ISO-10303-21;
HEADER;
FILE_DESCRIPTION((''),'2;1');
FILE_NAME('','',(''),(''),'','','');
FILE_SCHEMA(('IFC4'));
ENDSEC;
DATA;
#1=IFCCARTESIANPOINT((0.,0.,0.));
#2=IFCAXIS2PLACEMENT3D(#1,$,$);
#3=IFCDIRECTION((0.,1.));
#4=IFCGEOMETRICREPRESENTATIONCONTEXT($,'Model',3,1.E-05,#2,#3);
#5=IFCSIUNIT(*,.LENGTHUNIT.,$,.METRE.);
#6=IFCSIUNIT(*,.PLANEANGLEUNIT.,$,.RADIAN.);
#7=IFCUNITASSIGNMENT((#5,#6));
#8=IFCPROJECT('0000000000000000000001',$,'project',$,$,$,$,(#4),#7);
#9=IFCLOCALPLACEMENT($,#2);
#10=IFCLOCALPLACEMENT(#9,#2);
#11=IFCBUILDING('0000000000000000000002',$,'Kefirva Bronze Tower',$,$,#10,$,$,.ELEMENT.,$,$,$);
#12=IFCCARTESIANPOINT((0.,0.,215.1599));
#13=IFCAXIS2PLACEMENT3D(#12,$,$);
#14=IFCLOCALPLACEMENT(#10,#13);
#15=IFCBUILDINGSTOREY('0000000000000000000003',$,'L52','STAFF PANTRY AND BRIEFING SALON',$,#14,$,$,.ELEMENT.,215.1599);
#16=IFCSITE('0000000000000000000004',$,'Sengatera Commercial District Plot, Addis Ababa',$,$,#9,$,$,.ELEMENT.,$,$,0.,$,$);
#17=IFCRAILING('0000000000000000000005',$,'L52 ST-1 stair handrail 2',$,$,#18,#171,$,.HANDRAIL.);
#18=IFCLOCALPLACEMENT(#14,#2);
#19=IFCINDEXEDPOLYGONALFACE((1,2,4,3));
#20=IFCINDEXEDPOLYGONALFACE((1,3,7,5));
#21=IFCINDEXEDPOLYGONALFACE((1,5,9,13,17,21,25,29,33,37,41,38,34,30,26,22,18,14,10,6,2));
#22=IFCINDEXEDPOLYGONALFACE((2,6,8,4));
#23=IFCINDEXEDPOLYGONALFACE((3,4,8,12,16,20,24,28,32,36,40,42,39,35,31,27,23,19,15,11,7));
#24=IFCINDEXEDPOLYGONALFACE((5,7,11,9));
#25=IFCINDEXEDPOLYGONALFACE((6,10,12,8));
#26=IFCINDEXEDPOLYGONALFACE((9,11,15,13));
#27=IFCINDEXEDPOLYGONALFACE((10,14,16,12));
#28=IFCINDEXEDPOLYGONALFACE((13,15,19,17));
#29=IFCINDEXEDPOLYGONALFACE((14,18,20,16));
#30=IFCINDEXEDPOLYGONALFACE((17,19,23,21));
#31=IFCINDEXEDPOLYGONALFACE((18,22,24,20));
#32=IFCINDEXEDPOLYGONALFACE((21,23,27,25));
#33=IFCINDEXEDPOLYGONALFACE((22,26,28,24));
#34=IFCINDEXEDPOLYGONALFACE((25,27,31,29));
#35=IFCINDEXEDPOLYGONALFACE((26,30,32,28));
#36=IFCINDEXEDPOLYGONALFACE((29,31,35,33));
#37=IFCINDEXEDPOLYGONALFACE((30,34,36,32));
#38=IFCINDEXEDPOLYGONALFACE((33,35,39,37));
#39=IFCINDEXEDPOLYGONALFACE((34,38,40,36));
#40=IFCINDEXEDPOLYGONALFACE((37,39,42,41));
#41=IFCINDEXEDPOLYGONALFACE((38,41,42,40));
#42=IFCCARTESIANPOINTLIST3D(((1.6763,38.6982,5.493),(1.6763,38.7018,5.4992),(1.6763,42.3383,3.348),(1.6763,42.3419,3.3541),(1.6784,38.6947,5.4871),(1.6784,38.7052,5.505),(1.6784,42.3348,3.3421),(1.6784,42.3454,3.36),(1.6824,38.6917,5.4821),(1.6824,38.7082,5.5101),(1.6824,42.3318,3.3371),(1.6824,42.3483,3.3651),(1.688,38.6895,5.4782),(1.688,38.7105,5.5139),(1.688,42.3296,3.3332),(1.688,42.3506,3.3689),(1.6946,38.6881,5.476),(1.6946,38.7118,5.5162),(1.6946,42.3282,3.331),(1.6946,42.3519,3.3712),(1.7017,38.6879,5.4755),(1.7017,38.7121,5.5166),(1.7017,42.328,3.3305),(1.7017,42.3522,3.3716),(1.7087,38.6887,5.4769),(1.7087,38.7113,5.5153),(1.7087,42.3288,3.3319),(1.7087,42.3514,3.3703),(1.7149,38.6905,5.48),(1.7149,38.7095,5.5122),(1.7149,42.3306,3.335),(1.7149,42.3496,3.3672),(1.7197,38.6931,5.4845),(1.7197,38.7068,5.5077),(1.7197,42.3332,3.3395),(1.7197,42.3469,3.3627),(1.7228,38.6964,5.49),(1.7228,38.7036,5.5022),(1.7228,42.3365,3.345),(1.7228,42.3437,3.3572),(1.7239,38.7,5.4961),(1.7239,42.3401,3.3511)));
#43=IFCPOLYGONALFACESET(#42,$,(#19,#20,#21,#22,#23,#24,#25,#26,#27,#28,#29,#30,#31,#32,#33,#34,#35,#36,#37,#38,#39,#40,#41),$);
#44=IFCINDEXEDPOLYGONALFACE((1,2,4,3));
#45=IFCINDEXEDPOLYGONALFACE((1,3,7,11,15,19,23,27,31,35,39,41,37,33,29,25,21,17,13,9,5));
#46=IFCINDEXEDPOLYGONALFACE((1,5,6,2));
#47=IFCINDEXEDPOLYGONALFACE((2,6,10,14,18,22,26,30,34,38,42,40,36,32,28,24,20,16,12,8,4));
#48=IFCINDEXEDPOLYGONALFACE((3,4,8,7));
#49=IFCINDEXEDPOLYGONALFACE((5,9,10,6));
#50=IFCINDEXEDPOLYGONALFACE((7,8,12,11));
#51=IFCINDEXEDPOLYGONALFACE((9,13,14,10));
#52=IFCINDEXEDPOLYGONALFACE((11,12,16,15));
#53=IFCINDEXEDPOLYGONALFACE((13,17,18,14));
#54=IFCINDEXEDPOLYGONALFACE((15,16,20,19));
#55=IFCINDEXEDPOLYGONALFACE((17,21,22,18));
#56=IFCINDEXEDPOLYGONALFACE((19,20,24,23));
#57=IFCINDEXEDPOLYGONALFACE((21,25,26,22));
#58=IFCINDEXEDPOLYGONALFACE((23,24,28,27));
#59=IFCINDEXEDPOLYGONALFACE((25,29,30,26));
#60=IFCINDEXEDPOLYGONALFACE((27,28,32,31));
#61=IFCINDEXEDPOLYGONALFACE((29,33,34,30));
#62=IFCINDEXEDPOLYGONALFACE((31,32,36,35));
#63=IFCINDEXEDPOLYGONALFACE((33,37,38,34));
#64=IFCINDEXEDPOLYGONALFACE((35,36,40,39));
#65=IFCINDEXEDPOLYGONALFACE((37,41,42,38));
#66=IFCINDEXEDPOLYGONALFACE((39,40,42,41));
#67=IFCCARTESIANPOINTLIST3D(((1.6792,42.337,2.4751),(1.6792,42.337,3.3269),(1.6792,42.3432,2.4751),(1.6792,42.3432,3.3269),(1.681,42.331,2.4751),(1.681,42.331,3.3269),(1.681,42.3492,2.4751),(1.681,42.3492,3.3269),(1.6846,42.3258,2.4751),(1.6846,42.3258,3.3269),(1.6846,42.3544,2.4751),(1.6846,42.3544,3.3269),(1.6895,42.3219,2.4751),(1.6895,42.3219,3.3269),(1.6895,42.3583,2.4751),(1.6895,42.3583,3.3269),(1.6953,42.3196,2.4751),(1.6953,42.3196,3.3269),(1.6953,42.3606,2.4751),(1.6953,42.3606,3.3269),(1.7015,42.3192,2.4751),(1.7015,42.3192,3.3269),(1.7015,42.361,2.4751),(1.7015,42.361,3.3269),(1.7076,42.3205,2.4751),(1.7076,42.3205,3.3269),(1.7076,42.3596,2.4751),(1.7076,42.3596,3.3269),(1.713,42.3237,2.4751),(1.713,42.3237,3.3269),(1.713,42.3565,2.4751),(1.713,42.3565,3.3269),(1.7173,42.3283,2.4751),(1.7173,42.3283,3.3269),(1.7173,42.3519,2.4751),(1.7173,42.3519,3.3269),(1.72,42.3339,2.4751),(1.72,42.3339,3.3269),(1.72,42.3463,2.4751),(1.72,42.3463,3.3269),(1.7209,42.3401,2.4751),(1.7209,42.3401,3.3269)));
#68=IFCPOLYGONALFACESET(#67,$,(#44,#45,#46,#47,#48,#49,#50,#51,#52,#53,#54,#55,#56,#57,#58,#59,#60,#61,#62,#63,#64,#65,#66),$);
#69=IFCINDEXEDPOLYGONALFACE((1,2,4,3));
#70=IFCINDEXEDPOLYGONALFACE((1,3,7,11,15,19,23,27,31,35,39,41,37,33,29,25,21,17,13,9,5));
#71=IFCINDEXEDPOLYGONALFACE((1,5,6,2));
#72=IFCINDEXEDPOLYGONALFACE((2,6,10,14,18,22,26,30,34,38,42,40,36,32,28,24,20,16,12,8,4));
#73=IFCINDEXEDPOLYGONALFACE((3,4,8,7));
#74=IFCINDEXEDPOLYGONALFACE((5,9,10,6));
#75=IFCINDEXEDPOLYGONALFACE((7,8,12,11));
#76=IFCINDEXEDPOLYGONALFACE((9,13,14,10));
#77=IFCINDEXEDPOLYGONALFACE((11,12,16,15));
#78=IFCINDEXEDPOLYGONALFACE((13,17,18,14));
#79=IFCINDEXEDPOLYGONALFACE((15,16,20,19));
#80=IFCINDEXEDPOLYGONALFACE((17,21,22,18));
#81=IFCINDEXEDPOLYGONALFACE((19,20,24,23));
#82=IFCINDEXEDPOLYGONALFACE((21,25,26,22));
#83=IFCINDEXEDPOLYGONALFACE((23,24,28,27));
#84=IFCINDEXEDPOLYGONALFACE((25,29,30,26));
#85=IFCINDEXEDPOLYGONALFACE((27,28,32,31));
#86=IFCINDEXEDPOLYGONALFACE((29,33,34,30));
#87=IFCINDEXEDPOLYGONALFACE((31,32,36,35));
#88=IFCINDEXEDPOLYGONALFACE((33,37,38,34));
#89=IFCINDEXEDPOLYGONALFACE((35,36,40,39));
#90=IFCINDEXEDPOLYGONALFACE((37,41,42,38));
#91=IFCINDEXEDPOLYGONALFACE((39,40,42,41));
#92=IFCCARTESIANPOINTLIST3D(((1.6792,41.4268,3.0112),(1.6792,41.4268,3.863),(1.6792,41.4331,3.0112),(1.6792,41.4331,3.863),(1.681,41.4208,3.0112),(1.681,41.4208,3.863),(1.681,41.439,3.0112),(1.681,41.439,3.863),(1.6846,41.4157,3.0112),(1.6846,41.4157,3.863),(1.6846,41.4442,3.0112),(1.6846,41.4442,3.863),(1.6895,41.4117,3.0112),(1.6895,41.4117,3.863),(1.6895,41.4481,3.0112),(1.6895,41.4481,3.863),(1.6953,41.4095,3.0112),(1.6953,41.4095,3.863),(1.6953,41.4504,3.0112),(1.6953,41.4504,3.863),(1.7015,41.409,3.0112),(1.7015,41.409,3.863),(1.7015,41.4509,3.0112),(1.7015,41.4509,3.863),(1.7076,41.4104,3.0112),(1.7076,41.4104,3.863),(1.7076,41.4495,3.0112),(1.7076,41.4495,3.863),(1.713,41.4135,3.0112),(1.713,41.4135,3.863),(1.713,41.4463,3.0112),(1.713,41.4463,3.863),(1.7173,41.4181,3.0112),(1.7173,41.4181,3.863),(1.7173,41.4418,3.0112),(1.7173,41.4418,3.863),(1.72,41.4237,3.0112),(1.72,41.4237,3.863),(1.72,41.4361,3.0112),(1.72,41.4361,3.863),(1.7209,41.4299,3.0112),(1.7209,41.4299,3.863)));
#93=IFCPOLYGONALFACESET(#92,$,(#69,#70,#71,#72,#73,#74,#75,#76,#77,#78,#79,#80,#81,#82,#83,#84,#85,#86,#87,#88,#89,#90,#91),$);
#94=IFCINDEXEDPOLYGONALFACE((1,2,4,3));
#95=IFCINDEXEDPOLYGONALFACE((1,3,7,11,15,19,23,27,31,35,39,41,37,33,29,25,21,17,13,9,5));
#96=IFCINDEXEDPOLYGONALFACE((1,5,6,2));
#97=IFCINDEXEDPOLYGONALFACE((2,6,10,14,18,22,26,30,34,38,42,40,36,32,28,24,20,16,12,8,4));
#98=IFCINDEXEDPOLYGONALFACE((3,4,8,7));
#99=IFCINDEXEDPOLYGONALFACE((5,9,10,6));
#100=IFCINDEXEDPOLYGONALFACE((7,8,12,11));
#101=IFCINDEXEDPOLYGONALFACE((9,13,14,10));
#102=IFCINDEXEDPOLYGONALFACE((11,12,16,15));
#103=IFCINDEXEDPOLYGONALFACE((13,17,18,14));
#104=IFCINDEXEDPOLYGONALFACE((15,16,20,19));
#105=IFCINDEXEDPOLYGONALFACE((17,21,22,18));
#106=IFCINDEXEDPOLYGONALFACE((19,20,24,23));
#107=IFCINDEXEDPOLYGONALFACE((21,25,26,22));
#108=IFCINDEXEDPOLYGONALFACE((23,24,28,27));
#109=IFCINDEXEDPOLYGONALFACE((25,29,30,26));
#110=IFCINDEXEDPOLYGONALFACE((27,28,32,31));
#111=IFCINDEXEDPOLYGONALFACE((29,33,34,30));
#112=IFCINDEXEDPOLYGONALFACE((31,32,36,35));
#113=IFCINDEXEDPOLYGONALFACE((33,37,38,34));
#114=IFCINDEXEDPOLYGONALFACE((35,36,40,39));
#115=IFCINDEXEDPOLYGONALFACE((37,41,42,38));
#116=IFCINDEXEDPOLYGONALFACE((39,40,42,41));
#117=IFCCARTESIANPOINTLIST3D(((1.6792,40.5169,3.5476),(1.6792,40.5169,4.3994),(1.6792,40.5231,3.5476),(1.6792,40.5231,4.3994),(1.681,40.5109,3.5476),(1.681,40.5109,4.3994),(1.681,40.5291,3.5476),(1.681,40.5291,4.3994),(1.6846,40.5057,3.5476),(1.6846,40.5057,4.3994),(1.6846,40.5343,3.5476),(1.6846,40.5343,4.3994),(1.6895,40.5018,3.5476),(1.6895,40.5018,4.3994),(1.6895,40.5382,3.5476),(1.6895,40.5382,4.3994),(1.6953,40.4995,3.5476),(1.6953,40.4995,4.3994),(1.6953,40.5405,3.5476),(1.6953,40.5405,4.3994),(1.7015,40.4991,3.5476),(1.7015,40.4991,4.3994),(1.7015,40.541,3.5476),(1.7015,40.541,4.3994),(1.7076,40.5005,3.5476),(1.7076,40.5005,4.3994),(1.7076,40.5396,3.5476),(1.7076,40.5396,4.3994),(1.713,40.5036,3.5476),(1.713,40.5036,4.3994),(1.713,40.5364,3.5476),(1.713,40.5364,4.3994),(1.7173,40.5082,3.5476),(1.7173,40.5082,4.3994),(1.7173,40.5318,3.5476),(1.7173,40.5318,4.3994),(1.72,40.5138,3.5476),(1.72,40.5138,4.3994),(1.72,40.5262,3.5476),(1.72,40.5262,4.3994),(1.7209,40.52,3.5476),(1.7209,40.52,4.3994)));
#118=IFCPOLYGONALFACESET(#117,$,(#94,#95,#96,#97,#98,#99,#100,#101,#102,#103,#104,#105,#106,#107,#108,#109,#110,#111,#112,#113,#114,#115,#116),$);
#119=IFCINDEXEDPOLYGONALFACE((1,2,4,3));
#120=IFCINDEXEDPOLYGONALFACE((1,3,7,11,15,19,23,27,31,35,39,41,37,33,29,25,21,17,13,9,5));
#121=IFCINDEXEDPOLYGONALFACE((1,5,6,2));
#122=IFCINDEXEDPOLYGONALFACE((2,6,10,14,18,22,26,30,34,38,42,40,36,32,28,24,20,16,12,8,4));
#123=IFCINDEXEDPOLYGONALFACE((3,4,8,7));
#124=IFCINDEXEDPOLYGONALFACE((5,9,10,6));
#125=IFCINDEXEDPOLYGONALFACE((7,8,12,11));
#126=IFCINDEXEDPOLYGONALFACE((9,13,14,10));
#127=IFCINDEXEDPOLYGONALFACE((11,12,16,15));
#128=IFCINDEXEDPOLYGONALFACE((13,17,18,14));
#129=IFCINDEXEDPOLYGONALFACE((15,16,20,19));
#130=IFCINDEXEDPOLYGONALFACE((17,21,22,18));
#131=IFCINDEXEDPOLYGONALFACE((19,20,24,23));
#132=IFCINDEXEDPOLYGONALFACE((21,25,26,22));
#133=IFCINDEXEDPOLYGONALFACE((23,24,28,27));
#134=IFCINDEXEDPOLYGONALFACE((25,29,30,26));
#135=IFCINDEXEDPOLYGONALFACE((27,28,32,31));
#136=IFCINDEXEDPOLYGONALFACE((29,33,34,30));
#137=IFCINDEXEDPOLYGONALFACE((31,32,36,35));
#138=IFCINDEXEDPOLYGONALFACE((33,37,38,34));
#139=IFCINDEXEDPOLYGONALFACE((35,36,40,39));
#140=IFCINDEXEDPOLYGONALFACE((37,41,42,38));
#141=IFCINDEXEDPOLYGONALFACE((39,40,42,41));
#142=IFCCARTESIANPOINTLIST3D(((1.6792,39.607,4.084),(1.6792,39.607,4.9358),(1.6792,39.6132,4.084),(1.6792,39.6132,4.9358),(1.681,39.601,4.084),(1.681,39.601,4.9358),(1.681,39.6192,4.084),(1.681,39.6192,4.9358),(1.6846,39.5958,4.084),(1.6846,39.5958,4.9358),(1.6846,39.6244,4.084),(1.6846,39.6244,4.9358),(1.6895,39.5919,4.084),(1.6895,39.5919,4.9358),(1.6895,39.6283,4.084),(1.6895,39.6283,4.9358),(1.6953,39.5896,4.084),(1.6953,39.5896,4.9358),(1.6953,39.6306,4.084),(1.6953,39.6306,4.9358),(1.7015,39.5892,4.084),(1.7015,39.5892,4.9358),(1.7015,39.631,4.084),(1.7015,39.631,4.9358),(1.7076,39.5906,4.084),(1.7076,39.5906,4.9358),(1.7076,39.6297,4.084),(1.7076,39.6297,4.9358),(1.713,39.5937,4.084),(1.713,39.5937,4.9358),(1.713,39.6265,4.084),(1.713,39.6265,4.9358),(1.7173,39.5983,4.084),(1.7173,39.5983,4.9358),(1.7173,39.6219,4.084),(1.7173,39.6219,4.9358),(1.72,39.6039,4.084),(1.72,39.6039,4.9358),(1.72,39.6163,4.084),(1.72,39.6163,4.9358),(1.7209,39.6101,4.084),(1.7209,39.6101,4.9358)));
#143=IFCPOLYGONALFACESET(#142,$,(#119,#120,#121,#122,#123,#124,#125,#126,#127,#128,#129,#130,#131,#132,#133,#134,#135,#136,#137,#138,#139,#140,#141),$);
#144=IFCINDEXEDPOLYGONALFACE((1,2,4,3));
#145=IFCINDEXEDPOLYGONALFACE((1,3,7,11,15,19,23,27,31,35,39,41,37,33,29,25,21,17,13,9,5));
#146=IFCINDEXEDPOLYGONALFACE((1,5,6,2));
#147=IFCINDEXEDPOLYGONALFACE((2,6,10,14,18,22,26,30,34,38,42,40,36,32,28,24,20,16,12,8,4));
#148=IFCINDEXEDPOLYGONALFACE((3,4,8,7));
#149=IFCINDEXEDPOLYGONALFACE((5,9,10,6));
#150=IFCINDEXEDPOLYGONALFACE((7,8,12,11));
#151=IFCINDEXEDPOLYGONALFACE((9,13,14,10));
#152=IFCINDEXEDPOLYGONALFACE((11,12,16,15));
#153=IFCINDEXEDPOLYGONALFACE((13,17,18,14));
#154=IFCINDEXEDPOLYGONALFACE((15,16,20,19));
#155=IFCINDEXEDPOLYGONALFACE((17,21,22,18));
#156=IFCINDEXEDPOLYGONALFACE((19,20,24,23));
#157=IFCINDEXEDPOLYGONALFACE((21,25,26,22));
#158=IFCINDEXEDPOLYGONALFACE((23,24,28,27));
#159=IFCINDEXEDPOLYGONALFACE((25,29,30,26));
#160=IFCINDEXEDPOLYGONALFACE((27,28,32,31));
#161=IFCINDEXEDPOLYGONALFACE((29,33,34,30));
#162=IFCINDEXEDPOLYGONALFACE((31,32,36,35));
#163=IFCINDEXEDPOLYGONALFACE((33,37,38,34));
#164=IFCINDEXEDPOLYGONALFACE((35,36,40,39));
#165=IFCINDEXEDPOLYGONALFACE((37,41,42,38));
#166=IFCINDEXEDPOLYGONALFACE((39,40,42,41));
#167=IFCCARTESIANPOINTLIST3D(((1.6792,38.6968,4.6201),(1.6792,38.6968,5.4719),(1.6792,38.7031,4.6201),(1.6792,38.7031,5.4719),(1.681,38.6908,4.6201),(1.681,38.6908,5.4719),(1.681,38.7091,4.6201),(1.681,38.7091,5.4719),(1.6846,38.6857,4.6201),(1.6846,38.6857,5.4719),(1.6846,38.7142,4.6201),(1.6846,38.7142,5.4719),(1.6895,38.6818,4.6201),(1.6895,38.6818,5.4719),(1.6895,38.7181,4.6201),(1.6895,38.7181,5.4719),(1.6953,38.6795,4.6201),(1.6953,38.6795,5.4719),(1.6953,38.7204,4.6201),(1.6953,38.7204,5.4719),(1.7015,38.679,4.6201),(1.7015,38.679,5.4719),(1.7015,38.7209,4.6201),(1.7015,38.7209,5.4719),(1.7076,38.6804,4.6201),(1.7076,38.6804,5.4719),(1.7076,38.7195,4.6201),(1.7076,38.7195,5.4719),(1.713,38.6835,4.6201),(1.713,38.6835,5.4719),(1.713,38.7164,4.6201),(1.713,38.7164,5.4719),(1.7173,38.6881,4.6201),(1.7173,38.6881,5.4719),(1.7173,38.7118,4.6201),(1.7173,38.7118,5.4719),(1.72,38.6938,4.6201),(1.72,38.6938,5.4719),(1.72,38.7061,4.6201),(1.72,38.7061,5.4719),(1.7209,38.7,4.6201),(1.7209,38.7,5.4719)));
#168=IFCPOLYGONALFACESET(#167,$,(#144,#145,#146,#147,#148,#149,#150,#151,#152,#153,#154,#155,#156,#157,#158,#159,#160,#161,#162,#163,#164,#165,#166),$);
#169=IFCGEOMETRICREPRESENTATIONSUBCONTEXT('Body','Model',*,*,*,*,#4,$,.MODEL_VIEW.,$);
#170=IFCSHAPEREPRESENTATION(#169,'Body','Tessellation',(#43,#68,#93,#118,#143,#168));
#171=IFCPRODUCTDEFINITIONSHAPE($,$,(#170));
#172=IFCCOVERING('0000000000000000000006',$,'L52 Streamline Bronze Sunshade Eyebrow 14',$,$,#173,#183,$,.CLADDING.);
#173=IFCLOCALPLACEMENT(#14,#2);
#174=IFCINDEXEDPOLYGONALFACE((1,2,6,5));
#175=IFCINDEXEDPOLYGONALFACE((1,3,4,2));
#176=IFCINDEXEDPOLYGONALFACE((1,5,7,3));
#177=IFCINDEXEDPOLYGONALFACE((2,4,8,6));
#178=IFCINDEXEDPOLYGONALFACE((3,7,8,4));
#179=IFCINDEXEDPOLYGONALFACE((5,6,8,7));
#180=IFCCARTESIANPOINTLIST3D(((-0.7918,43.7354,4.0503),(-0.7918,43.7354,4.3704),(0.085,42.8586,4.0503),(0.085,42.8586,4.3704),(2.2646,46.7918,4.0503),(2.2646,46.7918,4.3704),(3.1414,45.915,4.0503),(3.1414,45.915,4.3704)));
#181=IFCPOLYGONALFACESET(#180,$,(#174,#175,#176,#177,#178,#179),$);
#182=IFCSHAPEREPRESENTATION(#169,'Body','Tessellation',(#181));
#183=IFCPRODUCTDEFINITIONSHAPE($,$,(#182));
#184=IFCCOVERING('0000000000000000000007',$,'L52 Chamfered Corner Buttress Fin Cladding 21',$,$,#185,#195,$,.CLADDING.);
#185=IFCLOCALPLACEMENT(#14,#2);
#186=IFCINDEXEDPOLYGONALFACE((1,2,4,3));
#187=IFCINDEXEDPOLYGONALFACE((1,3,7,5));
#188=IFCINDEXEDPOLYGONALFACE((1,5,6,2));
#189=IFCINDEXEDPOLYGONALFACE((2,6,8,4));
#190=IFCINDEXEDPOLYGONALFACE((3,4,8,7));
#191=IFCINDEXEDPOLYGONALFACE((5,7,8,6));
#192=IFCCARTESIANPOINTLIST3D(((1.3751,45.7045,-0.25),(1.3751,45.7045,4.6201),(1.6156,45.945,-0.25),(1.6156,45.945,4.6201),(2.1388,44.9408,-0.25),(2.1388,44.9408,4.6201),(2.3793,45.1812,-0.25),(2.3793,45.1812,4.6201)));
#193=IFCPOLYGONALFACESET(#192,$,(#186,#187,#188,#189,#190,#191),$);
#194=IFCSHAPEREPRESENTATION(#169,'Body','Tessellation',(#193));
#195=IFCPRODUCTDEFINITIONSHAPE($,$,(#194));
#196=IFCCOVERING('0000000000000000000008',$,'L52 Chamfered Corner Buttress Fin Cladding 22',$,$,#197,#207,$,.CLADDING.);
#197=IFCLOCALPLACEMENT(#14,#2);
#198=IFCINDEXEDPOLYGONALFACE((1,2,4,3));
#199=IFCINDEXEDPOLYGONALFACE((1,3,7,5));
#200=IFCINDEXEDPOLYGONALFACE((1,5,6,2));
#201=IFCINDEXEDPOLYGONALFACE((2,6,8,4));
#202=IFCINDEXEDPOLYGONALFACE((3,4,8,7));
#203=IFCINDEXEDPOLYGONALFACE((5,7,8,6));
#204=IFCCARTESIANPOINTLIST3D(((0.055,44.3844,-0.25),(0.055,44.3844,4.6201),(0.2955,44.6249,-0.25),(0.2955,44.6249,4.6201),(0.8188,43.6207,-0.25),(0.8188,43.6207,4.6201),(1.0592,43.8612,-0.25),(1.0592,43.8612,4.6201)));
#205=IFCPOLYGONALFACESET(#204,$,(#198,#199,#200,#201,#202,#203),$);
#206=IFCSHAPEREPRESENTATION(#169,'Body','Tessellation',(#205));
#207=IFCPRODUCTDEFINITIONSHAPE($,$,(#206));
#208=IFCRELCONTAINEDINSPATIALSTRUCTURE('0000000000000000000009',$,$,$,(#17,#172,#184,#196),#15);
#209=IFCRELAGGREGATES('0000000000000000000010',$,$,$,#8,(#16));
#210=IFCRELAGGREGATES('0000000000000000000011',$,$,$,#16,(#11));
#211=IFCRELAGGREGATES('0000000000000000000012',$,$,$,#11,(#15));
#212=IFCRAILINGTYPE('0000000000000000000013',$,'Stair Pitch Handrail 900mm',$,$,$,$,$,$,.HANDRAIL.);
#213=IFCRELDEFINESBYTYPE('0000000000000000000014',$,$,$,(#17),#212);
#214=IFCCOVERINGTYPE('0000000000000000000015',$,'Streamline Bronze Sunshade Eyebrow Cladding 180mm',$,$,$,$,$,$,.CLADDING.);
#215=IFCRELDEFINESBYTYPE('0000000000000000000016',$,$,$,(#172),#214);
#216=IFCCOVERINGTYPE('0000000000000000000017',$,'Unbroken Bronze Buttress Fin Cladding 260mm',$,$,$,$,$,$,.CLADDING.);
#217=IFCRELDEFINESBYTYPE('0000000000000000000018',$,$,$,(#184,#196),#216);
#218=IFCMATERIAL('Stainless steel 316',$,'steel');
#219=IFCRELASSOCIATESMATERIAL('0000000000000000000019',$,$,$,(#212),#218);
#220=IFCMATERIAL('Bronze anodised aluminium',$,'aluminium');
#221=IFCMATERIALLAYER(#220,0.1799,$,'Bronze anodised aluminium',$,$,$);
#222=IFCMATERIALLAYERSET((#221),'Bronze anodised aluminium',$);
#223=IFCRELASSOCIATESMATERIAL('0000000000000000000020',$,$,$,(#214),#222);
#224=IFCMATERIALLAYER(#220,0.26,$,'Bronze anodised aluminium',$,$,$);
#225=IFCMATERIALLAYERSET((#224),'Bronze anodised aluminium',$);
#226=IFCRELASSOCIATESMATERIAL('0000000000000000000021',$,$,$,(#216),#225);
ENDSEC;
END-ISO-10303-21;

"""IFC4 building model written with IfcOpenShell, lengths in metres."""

from ifc_helpers import new_model, si_unit, direction, frame, origin, origin_2d, place, context, subcontext, project, spatial, rectangle, circle, extrude, material, layer, layer_set, type_object, element, save


model = new_model("IFC4")

# Units and contexts
model_context = context("Model", 3, precision=1e-05, world=origin(), true_north=direction((0.0, 1.0)))
body_context = subcontext(model_context, "Body", "Model", "MODEL_VIEW")
ifc_project = project(units=[si_unit("LENGTHUNIT", "METRE"), si_unit("PLANEANGLEUNIT", "RADIAN")], contexts=[model_context])

# Site, building, storey
site_placement = place(None, origin())
site = spatial("IfcSite", under=ifc_project, at=site_placement, Name="Sengatera Commercial District Plot, Addis Ababa", CompositionType="ELEMENT", RefElevation=0.0)
building_placement = place(site_placement, origin())
building = spatial("IfcBuilding", under=site, at=building_placement, Name="Kefirva Bronze Tower", CompositionType="ELEMENT")
storey_placement = place(building_placement, frame((0.0, 0.0, 215.1599)))
storey = spatial("IfcBuildingStorey", under=building, at=storey_placement, Name="L52", Description="STAFF PANTRY AND BRIEFING SALON", CompositionType="ELEMENT", Elevation=215.1599)

# Shared definitions
ifc_material_1 = material(Name="Bronze anodised aluminium", Category="aluminium")

# Railing
ifc_material_2 = material(Name="Stainless steel 316", Category="steel")
railing_type_1 = type_object("IfcRailingType", Name="Stair Pitch Handrail 900mm", PredefinedType="HANDRAIL", material=ifc_material_2)
railing_1_placement = place(storey_placement, frame((1.7, 42.3401, 2.4751)))
element("IfcRailing", 1, at=railing_1_placement, inside=storey, type_object=railing_type_1, Name="L52 ST-1 stair handrail 2", PredefinedType="HANDRAIL", context=body_context, shape_type="SweptSolid", body=[
    extrude(circle(Radius=0.0239, at=origin_2d()), frame((0.0, 0.0, 0.876), z_axis=(0.0, -0.861545, 0.507682), x_axis=(1.0, 0.0, 0.0)), (0.0, 0.0, 1.0), 4.2251),
    extrude(circle(Radius=0.021, at=origin_2d()), origin(), (0.0, 0.0, 1.0), 0.8518),
    extrude(circle(Radius=0.021, at=origin_2d()), frame((0.0, -0.9102, 0.5361)), (0.0, 0.0, 1.0), 0.8518),
    extrude(circle(Radius=0.021, at=origin_2d()), frame((0.0, -1.8201, 1.0725)), (0.0, 0.0, 1.0), 0.8518),
    extrude(circle(Radius=0.021, at=origin_2d()), frame((0.0, -2.73, 1.6089)), (0.0, 0.0, 1.0), 0.8518),
    extrude(circle(Radius=0.021, at=origin_2d()), frame((0.0, -3.6401, 2.145)), (0.0, 0.0, 1.0), 0.8518),
])

# Coverings
ifc_layer_1 = layer(ifc_material_1, 0.1799, Name="Bronze anodised aluminium")
ifc_layer_set_1 = layer_set([ifc_layer_1], Name="Bronze anodised aluminium")
covering_type_1 = type_object("IfcCoveringType", Name="Streamline Bronze Sunshade Eyebrow Cladding 180mm", PredefinedType="CLADDING", material=ifc_layer_set_1)
covering_1_placement = place(storey_placement, frame((1.1748, 44.8252, 4.0503), z_axis=(0.0, 0.0, 1.0), x_axis=(-0.707107, -0.707107, 0.0)))
element("IfcCovering", 2, at=covering_1_placement, inside=storey, type_object=covering_type_1, Name="L52 Streamline Bronze Sunshade Eyebrow 14", PredefinedType="CLADDING", context=body_context, shape_type="SweptSolid", body=[
    extrude(rectangle(XDim=4.3225, YDim=1.24, at=origin_2d()), origin(), (0.0, 0.0, 1.0), 0.3201),
])
ifc_layer_2 = layer(ifc_material_1, 0.26, Name="Bronze anodised aluminium")
ifc_layer_set_2 = layer_set([ifc_layer_2], Name="Bronze anodised aluminium")
covering_type_2 = type_object("IfcCoveringType", Name="Unbroken Bronze Buttress Fin Cladding 260mm", PredefinedType="CLADDING", material=ifc_layer_set_2)
for number, where, z_axis, x_axis, name in (
    (3, (1.8772, 45.4429, -0.25), (0.0, 0.0, 1.0), (-0.707107, -0.707107, 0.0), "L52 Chamfered Corner Buttress Fin Cladding 21"),
    (4, (0.5571, 44.1228, -0.25), (0.0, 0.0, 1.0), (-0.707107, -0.707107, 0.0), "L52 Chamfered Corner Buttress Fin Cladding 22"),
):
    element("IfcCovering", number, at=place(storey_placement, frame(where, z_axis=z_axis, x_axis=x_axis)), inside=storey, type_object=covering_type_2, Name=name, PredefinedType="CLADDING", context=body_context, shape_type="SweptSolid", body=[
        extrude(rectangle(XDim=0.3401, YDim=1.0801, at=origin_2d()), origin(), (0.0, 0.0, 1.0), 4.8701),
    ])

save(model, "model.ifc")
